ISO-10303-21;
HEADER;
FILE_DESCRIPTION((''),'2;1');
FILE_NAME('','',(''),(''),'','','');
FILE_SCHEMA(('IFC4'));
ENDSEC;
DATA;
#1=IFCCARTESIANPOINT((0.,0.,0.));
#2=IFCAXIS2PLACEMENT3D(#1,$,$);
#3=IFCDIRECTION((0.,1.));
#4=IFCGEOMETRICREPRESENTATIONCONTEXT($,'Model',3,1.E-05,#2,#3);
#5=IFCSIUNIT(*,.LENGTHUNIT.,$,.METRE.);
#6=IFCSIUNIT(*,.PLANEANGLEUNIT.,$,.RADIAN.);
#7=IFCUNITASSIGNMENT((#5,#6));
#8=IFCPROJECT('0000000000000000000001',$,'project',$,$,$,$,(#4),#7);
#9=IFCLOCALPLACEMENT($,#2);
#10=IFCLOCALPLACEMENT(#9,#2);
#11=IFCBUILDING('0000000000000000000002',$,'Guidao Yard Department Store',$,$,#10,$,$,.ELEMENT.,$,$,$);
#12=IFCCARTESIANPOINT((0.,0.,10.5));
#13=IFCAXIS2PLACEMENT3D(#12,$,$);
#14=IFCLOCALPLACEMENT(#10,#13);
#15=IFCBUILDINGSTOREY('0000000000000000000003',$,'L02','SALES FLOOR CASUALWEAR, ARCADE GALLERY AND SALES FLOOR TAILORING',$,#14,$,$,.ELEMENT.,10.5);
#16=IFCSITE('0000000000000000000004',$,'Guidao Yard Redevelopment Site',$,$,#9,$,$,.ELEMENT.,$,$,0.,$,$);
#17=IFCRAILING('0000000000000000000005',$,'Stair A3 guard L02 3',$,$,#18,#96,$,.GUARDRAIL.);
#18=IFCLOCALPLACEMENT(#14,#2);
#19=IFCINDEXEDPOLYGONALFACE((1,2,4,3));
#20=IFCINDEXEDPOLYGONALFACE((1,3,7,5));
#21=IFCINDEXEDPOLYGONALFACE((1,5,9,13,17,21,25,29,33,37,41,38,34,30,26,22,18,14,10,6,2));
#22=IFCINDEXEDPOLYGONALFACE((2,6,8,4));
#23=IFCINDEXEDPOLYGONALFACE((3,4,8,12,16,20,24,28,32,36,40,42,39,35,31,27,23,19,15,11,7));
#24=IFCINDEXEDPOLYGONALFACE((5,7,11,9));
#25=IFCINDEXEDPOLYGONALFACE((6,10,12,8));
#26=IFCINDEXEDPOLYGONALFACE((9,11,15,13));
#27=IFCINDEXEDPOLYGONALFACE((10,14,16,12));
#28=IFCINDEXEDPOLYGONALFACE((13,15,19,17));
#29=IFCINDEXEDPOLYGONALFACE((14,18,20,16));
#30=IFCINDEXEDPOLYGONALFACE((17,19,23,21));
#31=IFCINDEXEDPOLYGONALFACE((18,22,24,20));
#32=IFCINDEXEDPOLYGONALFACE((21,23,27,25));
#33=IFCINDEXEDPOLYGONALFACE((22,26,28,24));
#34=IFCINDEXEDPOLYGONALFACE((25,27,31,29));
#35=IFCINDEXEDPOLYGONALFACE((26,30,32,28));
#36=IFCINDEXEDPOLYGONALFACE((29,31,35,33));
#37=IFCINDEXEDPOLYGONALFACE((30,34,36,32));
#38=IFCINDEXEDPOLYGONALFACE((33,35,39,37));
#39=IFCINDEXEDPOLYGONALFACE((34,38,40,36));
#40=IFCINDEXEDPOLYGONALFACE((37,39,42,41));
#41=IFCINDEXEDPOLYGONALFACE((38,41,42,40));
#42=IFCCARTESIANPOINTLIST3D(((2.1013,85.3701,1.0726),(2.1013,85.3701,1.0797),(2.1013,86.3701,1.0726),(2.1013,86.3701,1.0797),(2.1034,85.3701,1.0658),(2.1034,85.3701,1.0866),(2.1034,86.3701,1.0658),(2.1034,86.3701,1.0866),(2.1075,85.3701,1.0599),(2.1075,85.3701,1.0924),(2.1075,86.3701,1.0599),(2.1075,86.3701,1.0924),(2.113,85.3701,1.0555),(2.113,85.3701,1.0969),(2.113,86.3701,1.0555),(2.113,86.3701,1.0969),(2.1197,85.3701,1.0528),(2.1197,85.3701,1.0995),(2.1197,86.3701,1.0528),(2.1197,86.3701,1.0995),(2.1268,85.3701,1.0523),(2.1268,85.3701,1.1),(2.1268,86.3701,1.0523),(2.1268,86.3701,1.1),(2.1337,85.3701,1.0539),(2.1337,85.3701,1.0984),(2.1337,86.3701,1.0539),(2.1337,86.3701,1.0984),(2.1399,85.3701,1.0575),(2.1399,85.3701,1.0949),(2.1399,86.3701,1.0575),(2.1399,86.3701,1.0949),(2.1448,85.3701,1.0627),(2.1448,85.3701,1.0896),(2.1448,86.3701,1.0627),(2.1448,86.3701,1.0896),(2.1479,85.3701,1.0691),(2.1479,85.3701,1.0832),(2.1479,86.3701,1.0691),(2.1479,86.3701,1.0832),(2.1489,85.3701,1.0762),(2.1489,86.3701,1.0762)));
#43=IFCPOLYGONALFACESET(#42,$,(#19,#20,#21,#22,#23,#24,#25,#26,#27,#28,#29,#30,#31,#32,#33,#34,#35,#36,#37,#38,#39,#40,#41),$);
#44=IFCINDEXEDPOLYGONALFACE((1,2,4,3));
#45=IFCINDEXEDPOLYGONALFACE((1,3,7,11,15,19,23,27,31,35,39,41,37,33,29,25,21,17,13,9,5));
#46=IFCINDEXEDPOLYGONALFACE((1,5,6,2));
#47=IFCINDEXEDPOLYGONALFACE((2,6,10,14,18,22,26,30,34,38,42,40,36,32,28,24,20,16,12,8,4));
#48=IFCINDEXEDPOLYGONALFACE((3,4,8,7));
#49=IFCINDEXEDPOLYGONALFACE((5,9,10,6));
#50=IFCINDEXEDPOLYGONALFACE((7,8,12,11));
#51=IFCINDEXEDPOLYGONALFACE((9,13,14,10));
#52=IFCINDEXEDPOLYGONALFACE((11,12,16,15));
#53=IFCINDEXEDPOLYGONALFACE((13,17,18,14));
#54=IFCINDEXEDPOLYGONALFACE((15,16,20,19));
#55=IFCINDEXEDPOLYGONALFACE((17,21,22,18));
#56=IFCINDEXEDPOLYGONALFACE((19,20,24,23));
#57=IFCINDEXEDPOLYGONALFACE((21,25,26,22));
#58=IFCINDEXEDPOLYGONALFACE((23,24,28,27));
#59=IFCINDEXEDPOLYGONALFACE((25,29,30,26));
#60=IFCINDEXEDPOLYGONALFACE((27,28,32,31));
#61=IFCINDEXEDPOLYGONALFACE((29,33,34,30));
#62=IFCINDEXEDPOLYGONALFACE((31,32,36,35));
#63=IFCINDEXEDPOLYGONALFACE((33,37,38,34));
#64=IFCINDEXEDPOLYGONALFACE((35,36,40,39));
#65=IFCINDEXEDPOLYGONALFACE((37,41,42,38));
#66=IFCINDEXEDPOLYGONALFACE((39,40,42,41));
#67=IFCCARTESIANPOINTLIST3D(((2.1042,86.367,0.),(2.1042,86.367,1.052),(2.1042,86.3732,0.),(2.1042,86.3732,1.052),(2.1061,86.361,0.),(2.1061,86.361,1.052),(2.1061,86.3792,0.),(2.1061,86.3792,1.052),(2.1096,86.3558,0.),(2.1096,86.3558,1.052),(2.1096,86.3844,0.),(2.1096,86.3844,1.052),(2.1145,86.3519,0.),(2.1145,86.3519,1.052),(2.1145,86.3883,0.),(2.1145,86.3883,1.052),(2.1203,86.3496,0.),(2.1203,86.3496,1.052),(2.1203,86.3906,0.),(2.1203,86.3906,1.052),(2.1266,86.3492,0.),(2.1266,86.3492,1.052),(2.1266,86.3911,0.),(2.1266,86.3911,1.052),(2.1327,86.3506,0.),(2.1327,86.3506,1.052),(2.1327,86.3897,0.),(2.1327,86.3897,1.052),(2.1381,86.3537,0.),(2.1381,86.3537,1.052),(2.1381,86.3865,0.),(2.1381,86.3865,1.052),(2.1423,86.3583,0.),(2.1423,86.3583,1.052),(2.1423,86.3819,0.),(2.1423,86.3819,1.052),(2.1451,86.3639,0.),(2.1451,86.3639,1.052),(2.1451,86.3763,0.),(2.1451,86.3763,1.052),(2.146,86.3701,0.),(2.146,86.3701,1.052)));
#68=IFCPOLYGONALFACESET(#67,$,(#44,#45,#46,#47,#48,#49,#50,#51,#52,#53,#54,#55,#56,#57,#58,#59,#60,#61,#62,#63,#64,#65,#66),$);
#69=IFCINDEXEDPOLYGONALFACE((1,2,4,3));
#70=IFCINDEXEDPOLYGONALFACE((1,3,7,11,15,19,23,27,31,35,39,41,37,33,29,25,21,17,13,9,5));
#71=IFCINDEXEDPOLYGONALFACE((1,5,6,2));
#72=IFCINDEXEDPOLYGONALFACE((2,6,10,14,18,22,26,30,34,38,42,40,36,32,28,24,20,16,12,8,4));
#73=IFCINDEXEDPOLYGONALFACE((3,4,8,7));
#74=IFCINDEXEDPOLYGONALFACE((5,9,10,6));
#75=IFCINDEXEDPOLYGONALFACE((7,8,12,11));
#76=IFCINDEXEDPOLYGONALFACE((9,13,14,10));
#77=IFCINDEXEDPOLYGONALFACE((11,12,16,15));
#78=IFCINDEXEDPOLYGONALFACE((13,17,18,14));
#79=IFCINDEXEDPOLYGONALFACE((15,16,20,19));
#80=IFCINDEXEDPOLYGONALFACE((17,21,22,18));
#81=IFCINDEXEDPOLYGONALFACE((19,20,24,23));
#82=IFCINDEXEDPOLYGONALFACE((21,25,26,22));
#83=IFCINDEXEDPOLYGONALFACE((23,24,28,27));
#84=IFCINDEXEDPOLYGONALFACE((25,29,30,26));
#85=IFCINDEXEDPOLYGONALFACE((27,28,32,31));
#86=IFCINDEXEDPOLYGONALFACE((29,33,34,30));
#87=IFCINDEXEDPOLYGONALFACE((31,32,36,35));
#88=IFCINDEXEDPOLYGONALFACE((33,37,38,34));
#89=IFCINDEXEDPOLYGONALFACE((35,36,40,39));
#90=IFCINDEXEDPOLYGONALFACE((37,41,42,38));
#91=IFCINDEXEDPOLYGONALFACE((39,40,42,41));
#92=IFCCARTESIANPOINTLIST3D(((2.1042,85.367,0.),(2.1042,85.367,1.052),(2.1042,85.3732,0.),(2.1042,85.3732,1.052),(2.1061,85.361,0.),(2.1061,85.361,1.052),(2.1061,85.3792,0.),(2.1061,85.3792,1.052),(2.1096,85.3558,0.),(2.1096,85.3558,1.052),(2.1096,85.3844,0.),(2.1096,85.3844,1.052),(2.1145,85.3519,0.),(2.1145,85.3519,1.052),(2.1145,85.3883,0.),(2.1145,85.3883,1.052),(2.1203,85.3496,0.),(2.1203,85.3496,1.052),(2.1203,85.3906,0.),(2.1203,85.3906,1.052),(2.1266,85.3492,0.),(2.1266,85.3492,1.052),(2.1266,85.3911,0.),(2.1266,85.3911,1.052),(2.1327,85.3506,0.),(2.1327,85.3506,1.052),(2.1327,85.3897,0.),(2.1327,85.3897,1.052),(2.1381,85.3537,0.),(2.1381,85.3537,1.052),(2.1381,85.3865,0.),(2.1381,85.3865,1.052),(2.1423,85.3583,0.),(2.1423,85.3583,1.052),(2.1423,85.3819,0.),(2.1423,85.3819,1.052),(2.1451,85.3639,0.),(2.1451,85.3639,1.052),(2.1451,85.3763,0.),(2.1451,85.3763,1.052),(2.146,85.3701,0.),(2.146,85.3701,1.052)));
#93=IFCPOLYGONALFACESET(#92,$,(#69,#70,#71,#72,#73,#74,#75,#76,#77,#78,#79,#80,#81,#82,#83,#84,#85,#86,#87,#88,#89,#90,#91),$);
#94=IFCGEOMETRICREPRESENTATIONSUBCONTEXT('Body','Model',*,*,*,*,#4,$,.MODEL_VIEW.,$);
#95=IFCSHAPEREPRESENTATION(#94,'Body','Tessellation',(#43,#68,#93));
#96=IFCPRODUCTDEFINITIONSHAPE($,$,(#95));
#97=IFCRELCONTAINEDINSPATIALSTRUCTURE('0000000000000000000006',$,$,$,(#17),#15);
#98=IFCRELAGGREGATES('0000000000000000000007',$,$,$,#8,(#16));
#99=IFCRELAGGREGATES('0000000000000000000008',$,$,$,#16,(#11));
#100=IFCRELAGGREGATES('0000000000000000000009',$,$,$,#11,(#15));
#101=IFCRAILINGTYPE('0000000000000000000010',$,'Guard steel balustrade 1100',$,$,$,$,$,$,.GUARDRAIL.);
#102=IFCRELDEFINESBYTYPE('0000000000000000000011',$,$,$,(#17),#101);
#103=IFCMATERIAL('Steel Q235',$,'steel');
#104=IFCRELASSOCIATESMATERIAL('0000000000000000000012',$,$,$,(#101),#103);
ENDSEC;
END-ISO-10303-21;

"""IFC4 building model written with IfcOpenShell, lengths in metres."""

from ifc_helpers import new_model, si_unit, direction, frame, origin, origin_2d, place, context, subcontext, project, spatial, circle, extrude, material, type_object, element, save


model = new_model("IFC4")

# Units and contexts
model_context = context("Model", 3, precision=1e-05, world=origin(), true_north=direction((0.0, 1.0)))
body_context = subcontext(model_context, "Body", "Model", "MODEL_VIEW")
ifc_project = project(units=[si_unit("LENGTHUNIT", "METRE"), si_unit("PLANEANGLEUNIT", "RADIAN")], contexts=[model_context])

# Site, building, storey
site_placement = place(None, origin())
site = spatial("IfcSite", under=ifc_project, at=site_placement, Name="Guidao Yard Redevelopment Site", CompositionType="ELEMENT", RefElevation=0.0)
building_placement = place(site_placement, origin())
building = spatial("IfcBuilding", under=site, at=building_placement, Name="Guidao Yard Department Store", CompositionType="ELEMENT")
storey_placement = place(building_placement, frame((0.0, 0.0, 10.5)))
storey = spatial("IfcBuildingStorey", under=building, at=storey_placement, Name="L02", Description="SALES FLOOR CASUALWEAR, ARCADE GALLERY AND SALES FLOOR TAILORING", CompositionType="ELEMENT", Elevation=10.5)

# Railing
ifc_material_1 = material(Name="Steel Q235", Category="steel")
railing_type_1 = type_object("IfcRailingType", Name="Guard steel balustrade 1100", PredefinedType="GUARDRAIL", material=ifc_material_1)
railing_placement = place(storey_placement, frame((2.125, 86.3701, 0.0)))
element("IfcRailing", 1, at=railing_placement, inside=storey, type_object=railing_type_1, Name="Stair A3 guard L02 3", PredefinedType="GUARDRAIL", context=body_context, shape_type="SweptSolid", body=[
    extrude(circle(Radius=0.0239, at=origin_2d()), frame((0.0, 0.0, 1.0762), z_axis=(0.0, -1.0, 0.0), x_axis=(1.0, 0.0, 0.0)), (0.0, 0.0, 1.0), 1.0),
    extrude(circle(Radius=0.021, at=origin_2d()), origin(), (0.0, 0.0, 1.0), 1.052),
    extrude(circle(Radius=0.021, at=origin_2d()), frame((0.0, -1.0, 0.0)), (0.0, 0.0, 1.0), 1.052),
])

save(model, "model.ifc")
